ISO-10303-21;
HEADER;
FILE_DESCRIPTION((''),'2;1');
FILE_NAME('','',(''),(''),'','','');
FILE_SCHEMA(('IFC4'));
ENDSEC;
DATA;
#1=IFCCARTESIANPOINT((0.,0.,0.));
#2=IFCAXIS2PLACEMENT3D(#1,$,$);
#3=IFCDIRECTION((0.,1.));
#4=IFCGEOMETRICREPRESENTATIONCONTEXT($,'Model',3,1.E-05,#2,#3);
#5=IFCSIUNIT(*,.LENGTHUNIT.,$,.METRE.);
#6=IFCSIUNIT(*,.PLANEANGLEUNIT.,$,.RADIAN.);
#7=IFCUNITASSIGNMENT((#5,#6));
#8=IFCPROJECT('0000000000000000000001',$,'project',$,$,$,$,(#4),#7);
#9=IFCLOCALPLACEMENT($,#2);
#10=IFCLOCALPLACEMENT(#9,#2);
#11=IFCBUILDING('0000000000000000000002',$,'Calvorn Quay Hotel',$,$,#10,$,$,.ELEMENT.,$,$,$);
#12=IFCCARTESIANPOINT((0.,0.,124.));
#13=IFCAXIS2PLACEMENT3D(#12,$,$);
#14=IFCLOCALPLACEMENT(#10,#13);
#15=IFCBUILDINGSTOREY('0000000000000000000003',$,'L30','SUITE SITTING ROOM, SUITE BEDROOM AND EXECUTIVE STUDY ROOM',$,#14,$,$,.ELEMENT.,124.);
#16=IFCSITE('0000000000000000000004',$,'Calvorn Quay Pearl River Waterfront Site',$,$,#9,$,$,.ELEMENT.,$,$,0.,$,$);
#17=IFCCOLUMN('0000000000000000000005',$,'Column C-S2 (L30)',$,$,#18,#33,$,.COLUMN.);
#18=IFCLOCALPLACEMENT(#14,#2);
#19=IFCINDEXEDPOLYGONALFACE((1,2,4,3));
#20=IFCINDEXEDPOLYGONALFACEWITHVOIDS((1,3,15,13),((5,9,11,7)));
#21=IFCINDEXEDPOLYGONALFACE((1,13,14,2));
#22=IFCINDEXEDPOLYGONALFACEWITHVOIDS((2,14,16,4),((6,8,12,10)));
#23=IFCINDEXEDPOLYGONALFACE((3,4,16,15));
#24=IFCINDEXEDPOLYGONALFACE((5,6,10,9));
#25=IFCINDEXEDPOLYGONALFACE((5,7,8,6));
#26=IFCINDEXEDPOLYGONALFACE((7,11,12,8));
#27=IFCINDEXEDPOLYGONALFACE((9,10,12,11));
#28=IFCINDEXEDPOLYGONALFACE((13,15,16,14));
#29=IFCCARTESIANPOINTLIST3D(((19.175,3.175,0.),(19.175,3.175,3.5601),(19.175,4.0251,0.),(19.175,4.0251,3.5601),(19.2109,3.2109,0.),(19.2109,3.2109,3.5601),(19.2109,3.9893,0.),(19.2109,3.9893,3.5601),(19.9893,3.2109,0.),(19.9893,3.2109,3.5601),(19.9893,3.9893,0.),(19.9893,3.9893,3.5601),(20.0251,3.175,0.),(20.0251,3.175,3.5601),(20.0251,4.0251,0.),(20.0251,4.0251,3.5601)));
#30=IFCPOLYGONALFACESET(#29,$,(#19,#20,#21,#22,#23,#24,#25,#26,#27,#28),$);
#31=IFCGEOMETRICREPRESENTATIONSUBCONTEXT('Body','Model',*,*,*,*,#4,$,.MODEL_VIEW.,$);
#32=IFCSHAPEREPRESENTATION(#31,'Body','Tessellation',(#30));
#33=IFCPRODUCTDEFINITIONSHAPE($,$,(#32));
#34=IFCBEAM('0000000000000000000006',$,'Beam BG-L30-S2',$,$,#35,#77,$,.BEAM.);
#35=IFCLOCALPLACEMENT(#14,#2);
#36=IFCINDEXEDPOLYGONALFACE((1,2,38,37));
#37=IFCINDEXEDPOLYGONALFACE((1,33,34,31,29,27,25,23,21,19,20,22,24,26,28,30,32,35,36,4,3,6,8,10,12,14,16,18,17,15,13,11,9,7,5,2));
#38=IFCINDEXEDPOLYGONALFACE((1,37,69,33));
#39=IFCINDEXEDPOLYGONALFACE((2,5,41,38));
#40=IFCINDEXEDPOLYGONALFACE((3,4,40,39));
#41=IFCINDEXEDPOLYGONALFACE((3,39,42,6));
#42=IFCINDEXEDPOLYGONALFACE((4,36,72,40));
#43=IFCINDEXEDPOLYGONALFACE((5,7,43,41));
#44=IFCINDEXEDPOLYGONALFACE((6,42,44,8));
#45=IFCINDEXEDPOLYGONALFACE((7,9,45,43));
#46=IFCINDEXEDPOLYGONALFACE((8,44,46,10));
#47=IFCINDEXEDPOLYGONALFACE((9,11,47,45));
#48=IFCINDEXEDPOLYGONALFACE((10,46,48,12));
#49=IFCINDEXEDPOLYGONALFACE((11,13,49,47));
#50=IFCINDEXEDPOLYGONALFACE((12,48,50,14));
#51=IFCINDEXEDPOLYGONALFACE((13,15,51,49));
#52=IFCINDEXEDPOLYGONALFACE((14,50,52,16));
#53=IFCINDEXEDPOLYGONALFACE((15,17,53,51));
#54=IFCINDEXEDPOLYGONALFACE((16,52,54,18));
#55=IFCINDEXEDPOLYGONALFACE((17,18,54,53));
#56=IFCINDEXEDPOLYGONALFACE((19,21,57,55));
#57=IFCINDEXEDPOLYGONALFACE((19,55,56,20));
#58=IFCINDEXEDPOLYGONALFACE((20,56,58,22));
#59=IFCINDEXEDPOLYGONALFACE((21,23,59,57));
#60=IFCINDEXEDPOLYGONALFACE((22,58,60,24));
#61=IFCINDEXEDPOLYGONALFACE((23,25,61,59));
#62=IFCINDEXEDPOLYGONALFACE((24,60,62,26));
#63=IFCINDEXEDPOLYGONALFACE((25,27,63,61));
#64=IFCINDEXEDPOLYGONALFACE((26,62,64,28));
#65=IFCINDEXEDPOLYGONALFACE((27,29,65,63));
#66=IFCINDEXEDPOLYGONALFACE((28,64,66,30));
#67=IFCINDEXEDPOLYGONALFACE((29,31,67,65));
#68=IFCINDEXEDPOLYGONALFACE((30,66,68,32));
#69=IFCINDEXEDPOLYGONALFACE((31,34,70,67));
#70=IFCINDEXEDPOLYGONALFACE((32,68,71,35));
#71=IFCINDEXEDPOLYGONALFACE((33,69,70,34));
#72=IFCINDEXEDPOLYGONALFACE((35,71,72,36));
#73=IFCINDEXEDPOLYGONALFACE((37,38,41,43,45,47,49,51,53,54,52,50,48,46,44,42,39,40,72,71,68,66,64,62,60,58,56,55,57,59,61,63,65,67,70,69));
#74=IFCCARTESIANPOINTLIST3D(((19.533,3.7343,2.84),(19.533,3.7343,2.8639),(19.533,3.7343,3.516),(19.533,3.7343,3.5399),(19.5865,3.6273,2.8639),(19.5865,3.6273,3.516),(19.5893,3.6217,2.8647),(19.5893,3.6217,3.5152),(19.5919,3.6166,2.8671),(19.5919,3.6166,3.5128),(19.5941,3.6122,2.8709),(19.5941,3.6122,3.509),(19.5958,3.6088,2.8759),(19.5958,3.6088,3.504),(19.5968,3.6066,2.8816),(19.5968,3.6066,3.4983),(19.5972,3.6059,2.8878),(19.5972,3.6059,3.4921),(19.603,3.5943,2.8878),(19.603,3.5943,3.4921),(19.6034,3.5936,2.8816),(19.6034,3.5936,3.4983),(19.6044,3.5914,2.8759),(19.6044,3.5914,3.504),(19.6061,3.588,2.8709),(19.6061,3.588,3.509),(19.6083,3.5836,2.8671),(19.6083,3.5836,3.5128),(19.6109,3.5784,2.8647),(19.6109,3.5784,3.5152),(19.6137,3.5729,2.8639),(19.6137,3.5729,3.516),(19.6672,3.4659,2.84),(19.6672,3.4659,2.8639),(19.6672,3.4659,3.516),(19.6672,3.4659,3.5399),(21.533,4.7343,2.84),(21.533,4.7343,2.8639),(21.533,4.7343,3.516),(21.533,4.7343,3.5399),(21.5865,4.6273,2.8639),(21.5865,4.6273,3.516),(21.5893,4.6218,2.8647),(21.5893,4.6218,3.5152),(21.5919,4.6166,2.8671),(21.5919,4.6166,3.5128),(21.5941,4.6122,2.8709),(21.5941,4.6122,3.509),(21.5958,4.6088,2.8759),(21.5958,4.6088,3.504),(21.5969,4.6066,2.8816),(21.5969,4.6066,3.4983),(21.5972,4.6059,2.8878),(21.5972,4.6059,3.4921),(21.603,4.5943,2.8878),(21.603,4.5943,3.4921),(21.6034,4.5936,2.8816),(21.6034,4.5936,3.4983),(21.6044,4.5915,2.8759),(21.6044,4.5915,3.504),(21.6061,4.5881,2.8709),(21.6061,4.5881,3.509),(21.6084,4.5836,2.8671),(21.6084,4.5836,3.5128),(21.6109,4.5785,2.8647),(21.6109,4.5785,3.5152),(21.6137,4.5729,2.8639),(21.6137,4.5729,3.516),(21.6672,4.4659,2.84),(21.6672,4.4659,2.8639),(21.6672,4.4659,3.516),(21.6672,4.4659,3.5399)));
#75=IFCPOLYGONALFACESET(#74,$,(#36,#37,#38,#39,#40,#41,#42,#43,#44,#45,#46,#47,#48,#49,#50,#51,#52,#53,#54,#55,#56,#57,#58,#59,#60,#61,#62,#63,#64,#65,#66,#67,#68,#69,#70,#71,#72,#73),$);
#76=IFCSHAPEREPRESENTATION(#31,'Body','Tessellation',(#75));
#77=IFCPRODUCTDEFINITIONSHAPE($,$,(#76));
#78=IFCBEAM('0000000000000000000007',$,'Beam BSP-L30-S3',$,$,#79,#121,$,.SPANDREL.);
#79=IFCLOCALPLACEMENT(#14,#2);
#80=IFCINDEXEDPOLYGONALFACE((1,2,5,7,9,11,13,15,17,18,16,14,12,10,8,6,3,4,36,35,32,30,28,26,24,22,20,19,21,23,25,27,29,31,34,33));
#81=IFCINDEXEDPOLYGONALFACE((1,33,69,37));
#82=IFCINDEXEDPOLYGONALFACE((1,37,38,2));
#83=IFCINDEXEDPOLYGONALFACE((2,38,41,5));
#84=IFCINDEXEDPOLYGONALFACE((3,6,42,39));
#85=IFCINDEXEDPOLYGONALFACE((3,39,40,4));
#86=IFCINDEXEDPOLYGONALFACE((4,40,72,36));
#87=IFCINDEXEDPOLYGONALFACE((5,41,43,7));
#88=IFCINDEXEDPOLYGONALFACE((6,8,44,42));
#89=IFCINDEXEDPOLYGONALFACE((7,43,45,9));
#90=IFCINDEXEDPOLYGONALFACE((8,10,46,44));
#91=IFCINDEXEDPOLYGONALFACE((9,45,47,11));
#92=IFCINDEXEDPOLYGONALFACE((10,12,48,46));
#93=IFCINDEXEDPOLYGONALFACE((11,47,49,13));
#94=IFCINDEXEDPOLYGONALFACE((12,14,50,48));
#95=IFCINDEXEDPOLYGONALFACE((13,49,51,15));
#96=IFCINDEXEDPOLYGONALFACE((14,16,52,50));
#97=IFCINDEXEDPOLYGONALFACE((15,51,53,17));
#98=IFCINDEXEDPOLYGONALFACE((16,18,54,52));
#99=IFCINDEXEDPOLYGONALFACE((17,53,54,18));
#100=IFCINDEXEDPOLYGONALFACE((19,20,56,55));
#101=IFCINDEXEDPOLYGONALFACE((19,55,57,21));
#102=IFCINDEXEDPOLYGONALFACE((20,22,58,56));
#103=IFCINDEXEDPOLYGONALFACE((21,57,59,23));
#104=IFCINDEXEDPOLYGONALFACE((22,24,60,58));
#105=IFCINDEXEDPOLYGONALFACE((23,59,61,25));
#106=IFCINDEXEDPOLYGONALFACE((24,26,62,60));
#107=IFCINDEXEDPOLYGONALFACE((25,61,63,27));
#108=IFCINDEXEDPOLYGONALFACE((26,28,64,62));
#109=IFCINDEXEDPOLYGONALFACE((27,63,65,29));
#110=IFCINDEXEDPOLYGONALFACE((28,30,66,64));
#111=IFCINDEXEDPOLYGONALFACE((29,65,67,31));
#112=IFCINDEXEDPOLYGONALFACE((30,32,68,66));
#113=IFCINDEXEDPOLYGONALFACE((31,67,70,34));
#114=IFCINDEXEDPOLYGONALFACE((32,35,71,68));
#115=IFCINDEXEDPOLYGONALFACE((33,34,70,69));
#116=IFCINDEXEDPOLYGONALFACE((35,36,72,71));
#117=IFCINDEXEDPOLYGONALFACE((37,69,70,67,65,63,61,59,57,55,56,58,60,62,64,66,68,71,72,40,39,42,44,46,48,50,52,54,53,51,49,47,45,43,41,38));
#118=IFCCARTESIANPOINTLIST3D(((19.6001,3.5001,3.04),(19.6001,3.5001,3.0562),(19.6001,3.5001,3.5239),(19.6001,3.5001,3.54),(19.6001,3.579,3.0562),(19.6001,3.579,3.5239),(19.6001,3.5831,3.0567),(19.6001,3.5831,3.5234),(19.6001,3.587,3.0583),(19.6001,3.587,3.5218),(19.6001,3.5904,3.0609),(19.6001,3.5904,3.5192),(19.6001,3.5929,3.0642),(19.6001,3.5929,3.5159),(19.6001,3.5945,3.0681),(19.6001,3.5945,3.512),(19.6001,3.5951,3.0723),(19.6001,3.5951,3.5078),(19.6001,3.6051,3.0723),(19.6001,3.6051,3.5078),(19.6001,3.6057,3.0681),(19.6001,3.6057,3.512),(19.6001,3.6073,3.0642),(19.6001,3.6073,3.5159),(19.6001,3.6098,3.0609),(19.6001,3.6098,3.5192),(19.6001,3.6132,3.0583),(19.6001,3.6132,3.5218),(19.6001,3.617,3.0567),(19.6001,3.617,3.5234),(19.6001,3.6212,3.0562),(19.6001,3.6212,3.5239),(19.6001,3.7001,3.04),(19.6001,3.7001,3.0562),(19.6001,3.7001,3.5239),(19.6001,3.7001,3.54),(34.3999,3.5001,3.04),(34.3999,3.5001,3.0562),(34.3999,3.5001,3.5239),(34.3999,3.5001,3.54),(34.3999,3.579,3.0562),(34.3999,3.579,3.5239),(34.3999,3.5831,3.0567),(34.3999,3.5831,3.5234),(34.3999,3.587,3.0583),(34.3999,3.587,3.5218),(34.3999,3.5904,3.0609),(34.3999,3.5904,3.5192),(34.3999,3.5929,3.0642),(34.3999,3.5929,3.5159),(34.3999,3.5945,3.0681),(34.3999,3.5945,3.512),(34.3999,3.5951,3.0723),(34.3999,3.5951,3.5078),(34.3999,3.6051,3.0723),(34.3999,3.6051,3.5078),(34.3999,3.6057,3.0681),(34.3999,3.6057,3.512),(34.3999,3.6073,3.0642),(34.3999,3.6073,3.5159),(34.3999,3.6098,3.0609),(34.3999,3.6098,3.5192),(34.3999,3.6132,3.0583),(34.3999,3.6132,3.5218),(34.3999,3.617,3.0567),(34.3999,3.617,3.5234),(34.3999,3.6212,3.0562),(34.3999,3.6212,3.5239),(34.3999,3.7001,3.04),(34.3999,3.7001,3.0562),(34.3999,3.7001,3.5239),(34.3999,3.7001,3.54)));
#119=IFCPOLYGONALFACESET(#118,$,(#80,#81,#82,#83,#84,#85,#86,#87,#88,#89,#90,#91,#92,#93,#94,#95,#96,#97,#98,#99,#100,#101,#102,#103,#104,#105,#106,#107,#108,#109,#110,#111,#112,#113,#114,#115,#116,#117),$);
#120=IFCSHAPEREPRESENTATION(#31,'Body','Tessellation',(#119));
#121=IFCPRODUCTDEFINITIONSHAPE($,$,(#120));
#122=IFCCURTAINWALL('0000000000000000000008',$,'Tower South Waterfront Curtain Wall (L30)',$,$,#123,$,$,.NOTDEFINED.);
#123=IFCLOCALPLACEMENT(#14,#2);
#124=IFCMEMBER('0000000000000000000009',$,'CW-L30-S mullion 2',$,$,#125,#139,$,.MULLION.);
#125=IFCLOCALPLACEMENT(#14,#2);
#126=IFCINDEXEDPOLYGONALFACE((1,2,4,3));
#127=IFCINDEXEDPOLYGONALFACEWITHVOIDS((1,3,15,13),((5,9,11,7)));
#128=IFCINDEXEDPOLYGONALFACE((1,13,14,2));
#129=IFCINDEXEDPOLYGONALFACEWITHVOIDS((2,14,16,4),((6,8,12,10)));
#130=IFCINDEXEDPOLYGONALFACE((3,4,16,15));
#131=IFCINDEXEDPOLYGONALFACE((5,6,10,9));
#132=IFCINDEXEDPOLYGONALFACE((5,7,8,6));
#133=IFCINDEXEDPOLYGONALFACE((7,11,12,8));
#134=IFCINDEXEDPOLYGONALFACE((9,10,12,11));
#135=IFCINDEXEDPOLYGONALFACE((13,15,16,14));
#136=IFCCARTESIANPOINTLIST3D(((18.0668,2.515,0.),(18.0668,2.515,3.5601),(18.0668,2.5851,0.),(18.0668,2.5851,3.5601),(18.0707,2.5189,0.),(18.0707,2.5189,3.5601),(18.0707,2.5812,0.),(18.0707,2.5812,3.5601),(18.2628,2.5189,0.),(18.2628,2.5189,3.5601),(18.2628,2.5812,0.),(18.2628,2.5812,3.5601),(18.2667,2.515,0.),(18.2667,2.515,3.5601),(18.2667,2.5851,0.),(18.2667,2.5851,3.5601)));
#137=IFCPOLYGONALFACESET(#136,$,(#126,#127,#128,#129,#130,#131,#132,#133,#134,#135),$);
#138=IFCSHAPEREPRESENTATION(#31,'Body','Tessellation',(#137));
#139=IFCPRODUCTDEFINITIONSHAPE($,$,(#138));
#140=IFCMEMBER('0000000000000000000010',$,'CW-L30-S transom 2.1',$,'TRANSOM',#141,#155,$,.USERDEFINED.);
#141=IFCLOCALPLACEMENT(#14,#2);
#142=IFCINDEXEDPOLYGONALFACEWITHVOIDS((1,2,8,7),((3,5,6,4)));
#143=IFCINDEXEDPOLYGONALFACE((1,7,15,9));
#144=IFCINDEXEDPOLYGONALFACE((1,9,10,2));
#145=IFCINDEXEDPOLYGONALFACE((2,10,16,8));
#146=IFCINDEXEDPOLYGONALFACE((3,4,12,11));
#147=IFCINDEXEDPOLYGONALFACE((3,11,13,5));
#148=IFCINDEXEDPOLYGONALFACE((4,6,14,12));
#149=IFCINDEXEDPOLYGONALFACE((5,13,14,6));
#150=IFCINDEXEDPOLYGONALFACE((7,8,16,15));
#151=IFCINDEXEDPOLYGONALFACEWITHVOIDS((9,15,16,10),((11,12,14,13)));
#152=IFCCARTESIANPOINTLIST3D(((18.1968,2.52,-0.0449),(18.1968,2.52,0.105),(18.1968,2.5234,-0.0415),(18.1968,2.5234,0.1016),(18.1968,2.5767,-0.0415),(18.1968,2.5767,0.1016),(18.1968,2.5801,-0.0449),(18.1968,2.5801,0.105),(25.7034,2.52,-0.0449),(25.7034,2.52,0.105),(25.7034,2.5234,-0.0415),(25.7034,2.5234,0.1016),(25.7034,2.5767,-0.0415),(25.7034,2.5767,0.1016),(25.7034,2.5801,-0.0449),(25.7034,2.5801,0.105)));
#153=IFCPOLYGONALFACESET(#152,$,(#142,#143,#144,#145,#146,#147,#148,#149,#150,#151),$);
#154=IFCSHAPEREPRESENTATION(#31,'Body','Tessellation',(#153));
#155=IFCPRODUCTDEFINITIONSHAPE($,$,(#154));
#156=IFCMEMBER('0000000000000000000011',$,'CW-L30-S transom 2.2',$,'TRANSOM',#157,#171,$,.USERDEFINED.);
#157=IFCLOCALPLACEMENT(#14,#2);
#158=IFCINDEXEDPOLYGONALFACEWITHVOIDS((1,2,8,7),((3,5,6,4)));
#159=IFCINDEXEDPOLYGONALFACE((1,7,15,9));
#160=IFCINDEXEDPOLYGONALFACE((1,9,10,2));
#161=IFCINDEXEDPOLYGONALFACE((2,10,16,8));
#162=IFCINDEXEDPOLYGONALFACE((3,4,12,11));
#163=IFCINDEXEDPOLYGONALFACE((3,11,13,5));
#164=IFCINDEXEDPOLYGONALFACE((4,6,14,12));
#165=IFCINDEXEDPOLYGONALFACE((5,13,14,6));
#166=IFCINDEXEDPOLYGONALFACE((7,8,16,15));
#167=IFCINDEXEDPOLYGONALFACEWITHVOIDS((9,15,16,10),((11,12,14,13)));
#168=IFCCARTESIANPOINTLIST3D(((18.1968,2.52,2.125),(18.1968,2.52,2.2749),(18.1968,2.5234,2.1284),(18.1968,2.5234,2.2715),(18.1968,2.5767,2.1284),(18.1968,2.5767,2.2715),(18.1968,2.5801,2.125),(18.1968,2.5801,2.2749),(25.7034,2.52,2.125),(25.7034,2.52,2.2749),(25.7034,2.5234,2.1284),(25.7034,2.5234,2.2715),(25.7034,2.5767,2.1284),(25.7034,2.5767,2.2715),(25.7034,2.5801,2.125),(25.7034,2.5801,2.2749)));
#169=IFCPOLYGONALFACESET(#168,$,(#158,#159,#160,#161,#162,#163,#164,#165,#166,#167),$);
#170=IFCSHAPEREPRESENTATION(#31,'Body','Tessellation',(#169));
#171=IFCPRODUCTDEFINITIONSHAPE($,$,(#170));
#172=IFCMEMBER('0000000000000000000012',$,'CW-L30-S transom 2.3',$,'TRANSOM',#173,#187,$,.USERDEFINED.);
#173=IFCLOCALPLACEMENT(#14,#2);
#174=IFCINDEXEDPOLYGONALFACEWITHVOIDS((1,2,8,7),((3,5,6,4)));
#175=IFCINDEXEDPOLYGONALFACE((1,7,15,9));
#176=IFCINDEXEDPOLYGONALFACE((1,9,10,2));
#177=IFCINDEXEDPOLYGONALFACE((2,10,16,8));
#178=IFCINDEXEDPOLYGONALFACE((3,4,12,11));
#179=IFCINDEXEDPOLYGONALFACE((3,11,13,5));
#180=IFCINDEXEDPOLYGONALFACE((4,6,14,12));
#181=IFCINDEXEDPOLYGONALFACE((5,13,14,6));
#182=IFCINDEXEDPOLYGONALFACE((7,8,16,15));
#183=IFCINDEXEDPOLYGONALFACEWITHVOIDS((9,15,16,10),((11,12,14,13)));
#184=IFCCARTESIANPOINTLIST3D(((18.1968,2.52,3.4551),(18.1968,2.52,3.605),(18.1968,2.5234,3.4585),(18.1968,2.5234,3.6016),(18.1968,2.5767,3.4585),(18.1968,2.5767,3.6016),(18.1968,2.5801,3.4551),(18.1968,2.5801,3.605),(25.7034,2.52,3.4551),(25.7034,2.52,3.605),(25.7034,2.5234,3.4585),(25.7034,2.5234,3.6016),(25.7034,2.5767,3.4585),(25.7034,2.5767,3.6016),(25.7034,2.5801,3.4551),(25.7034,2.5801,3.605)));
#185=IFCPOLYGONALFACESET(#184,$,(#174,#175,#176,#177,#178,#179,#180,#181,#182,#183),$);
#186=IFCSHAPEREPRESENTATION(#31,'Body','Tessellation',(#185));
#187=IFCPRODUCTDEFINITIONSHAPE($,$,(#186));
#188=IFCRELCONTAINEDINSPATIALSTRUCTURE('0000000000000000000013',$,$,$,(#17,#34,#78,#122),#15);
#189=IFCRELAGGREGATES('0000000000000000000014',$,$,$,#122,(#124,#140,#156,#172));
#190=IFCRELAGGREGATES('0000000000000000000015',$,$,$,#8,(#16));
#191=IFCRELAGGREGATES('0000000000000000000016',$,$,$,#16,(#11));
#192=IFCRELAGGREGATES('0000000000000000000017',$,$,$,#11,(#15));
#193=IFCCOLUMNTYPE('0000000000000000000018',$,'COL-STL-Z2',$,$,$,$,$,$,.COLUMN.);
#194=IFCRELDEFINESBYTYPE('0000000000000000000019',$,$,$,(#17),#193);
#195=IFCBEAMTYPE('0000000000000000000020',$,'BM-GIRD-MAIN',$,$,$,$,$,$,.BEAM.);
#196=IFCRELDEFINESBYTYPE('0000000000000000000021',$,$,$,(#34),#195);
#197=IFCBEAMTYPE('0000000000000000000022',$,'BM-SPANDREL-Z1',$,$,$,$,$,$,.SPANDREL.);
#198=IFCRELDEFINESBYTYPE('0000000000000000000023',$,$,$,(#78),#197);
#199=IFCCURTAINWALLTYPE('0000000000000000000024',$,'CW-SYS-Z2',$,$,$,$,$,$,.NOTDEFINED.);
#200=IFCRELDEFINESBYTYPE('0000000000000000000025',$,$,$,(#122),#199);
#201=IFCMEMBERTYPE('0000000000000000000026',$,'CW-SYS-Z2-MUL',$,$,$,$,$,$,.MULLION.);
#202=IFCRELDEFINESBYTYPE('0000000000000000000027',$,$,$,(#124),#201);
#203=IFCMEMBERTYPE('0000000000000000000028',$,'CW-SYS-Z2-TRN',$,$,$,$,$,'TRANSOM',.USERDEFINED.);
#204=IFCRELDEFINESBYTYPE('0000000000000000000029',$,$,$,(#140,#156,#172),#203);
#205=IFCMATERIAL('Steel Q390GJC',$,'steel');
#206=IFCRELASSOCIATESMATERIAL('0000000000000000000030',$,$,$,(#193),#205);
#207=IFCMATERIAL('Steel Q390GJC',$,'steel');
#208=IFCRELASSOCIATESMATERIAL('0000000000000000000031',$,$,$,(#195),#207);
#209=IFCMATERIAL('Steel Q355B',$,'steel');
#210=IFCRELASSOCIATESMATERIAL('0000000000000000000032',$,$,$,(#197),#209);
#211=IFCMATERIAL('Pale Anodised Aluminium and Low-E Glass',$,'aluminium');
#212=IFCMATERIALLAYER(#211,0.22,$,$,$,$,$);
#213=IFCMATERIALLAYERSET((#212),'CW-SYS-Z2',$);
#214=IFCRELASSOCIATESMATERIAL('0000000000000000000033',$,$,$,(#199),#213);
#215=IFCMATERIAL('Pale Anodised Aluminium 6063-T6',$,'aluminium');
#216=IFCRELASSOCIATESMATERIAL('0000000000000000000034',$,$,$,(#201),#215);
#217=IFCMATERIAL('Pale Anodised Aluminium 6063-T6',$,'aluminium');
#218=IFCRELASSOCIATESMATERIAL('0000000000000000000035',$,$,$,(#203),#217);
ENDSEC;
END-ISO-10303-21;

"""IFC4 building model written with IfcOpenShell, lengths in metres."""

from ifc_helpers import new_model, si_unit, direction, frame, origin, origin_2d, place, context, subcontext, project, spatial, hollow_rectangle, i_section, extrude, material, layer, layer_set, material_profile, profile_set, type_object, element, aggregate, save


model = new_model("IFC4")

# Units and contexts
model_context = context("Model", 3, precision=1e-05, world=origin(), true_north=direction((0.0, 1.0)))
body_context = subcontext(model_context, "Body", "Model", "MODEL_VIEW")
ifc_project = project(units=[si_unit("LENGTHUNIT", "METRE"), si_unit("PLANEANGLEUNIT", "RADIAN")], contexts=[model_context])

# Site, building, storey
site_placement = place(None, origin())
site = spatial("IfcSite", under=ifc_project, at=site_placement, Name="Calvorn Quay Pearl River Waterfront Site", CompositionType="ELEMENT", RefElevation=0.0)
building_placement = place(site_placement, origin())
building = spatial("IfcBuilding", under=site, at=building_placement, Name="Calvorn Quay Hotel", CompositionType="ELEMENT")
storey_placement = place(building_placement, frame((0.0, 0.0, 124.0)))
storey = spatial("IfcBuildingStorey", under=building, at=storey_placement, Name="L30", Description="SUITE SITTING ROOM, SUITE BEDROOM AND EXECUTIVE STUDY ROOM", CompositionType="ELEMENT", Elevation=124.0)

# Column
ifc_material_1 = material(Name="Steel Q390GJC", Category="steel")
ifc_material_profile_1 = material_profile(ifc_material_1, hollow_rectangle(XDim=0.8501, YDim=0.8501, WallThickness=0.0359, at=origin_2d()), Name="BOX850x850x36")
ifc_profile_set_1 = profile_set([ifc_material_profile_1], Name="Steel Q390GJC")
column_type = type_object("IfcColumnType", Name="COL-STL-Z2", PredefinedType="COLUMN", material=ifc_profile_set_1)
column_placement = place(storey_placement, frame((19.6001, 3.6001, 0.0), z_axis=(0.0, 0.0, 1.0), x_axis=(1.0, 0.0, 0.0)))
element("IfcColumn", 1, at=column_placement, inside=storey, type_object=column_type, Name="Column C-S2 (L30)", PredefinedType="COLUMN", context=body_context, shape_type="SweptSolid", body=[
    extrude(hollow_rectangle(XDim=0.8501, YDim=0.8501, WallThickness=0.0359, at=origin_2d()), origin(), (0.0, 0.0, 1.0), 3.5601),
])

# Beams
ifc_material_2 = material(Name="Steel Q390GJC", Category="steel")
ifc_material_profile_2 = material_profile(ifc_material_2, i_section(OverallWidth=0.3, OverallDepth=0.7, WebThickness=0.0129, FlangeThickness=0.0239, FilletRadius=0.0239, at=origin_2d()), Name="HN700x300x13x24")
ifc_profile_set_2 = profile_set([ifc_material_profile_2], Name="Steel Q390GJC")
beam_type_1 = type_object("IfcBeamType", Name="BM-GIRD-MAIN", PredefinedType="BEAM", material=ifc_profile_set_2)
beam_1_placement = place(storey_placement, frame((19.6001, 3.6001, 3.1899), z_axis=(0.894427, 0.447214, 0.0), x_axis=(-0.447214, 0.894427, 0.0)))
element("IfcBeam", 2, at=beam_1_placement, inside=storey, type_object=beam_type_1, Name="Beam BG-L30-S2", PredefinedType="BEAM", context=body_context, shape_type="SweptSolid", body=[
    extrude(i_section(OverallWidth=0.3, OverallDepth=0.7, WebThickness=0.0129, FlangeThickness=0.0239, FilletRadius=0.0239, at=origin_2d()), origin(), (0.0, 0.0, 1.0), 2.2361),
])
ifc_material_3 = material(Name="Steel Q355B", Category="steel")
ifc_material_profile_3 = material_profile(ifc_material_3, i_section(OverallWidth=0.2, OverallDepth=0.5, WebThickness=0.01, FlangeThickness=0.0161, FilletRadius=0.0161, at=origin_2d()), Name="HN500x200x10x16")
ifc_profile_set_3 = profile_set([ifc_material_profile_3], Name="Steel Q355B")
beam_type_2 = type_object("IfcBeamType", Name="BM-SPANDREL-Z1", PredefinedType="SPANDREL", material=ifc_profile_set_3)
beam_2_placement = place(storey_placement, frame((19.6001, 3.6001, 3.29), z_axis=(1.0, 0.0, 0.0), x_axis=(0.0, 1.0, 0.0)))
element("IfcBeam", 3, at=beam_2_placement, inside=storey, type_object=beam_type_2, Name="Beam BSP-L30-S3", PredefinedType="SPANDREL", context=body_context, shape_type="SweptSolid", body=[
    extrude(i_section(OverallWidth=0.2, OverallDepth=0.5, WebThickness=0.01, FlangeThickness=0.0161, FilletRadius=0.0161, at=origin_2d()), origin(), (0.0, 0.0, 1.0), 14.7998),
])

# Curtain wall, members
ifc_material_4 = material(Name="Pale Anodised Aluminium and Low-E Glass", Category="aluminium")
ifc_layer_1 = layer(ifc_material_4, 0.22)
ifc_layer_set_1 = layer_set([ifc_layer_1], Name="CW-SYS-Z2")
curtain_wall_type = type_object("IfcCurtainWallType", Name="CW-SYS-Z2", PredefinedType="NOTDEFINED", material=ifc_layer_set_1)
curtain_wall_placement = place(storey_placement, origin())
curtain_wall = element("IfcCurtainWall", 4, at=curtain_wall_placement, inside=storey, type_object=curtain_wall_type, Name="Tower South Waterfront Curtain Wall (L30)", PredefinedType="NOTDEFINED")
ifc_material_5 = material(Name="Pale Anodised Aluminium 6063-T6", Category="aluminium")
ifc_material_profile_4 = material_profile(ifc_material_5, hollow_rectangle(XDim=0.0701, YDim=0.2, WallThickness=0.0039, at=origin_2d()), Name="ALU-M200x70x4")
ifc_profile_set_4 = profile_set([ifc_material_profile_4], Name="Pale Anodised Aluminium 6063-T6")
member_type_1 = type_object("IfcMemberType", Name="CW-SYS-Z2-MUL", PredefinedType="MULLION", material=ifc_profile_set_4)
member_1_placement = place(storey_placement, frame((18.1667, 2.55, 0.0), z_axis=(0.0, 0.0, 1.0), x_axis=(0.0, 1.0, 0.0)))
member_1 = element("IfcMember", 5, at=member_1_placement, type_object=member_type_1, Name="CW-L30-S mullion 2", PredefinedType="MULLION", context=body_context, shape_type="SweptSolid", body=[
    extrude(hollow_rectangle(XDim=0.0701, YDim=0.2, WallThickness=0.0039, at=origin_2d()), origin(), (0.0, 0.0, 1.0), 3.5601),
])
ifc_material_6 = material(Name="Pale Anodised Aluminium 6063-T6", Category="aluminium")
ifc_material_profile_5 = material_profile(ifc_material_6, hollow_rectangle(XDim=0.0601, YDim=0.1499, WallThickness=0.0034, at=origin_2d()), Name="ALU-T150x60x3.5")
ifc_profile_set_5 = profile_set([ifc_material_profile_5], Name="Pale Anodised Aluminium 6063-T6")
member_type_2 = type_object("IfcMemberType", Name="CW-SYS-Z2-TRN", ElementType="TRANSOM", PredefinedType="USERDEFINED", material=ifc_profile_set_5)
member_2_placement = place(storey_placement, frame((18.1968, 2.55, 0.03), z_axis=(1.0, 0.0, 0.0), x_axis=(0.0, 1.0, 0.0)))
member_2 = element("IfcMember", 6, at=member_2_placement, type_object=member_type_2, Name="CW-L30-S transom 2.1", ObjectType="TRANSOM", PredefinedType="USERDEFINED", context=body_context, shape_type="SweptSolid", body=[
    extrude(hollow_rectangle(XDim=0.0601, YDim=0.1499, WallThickness=0.0034, at=origin_2d()), origin(), (0.0, 0.0, 1.0), 7.5066),
])
member_3_placement = place(storey_placement, frame((18.1968, 2.55, 2.2), z_axis=(1.0, 0.0, 0.0), x_axis=(0.0, 1.0, 0.0)))
member_3 = element("IfcMember", 7, at=member_3_placement, type_object=member_type_2, Name="CW-L30-S transom 2.2", ObjectType="TRANSOM", PredefinedType="USERDEFINED", context=body_context, shape_type="SweptSolid", body=[
    extrude(hollow_rectangle(XDim=0.0601, YDim=0.1499, WallThickness=0.0034, at=origin_2d()), origin(), (0.0, 0.0, 1.0), 7.5066),
])
member_4_placement = place(storey_placement, frame((18.1968, 2.55, 3.53), z_axis=(1.0, 0.0, 0.0), x_axis=(0.0, 1.0, 0.0)))
member_4 = element("IfcMember", 8, at=member_4_placement, type_object=member_type_2, Name="CW-L30-S transom 2.3", ObjectType="TRANSOM", PredefinedType="USERDEFINED", context=body_context, shape_type="SweptSolid", body=[
    extrude(hollow_rectangle(XDim=0.0601, YDim=0.1499, WallThickness=0.0034, at=origin_2d()), origin(), (0.0, 0.0, 1.0), 7.5066),
])
aggregate(curtain_wall, [member_1, member_2, member_3, member_4])

save(model, "model.ifc")
